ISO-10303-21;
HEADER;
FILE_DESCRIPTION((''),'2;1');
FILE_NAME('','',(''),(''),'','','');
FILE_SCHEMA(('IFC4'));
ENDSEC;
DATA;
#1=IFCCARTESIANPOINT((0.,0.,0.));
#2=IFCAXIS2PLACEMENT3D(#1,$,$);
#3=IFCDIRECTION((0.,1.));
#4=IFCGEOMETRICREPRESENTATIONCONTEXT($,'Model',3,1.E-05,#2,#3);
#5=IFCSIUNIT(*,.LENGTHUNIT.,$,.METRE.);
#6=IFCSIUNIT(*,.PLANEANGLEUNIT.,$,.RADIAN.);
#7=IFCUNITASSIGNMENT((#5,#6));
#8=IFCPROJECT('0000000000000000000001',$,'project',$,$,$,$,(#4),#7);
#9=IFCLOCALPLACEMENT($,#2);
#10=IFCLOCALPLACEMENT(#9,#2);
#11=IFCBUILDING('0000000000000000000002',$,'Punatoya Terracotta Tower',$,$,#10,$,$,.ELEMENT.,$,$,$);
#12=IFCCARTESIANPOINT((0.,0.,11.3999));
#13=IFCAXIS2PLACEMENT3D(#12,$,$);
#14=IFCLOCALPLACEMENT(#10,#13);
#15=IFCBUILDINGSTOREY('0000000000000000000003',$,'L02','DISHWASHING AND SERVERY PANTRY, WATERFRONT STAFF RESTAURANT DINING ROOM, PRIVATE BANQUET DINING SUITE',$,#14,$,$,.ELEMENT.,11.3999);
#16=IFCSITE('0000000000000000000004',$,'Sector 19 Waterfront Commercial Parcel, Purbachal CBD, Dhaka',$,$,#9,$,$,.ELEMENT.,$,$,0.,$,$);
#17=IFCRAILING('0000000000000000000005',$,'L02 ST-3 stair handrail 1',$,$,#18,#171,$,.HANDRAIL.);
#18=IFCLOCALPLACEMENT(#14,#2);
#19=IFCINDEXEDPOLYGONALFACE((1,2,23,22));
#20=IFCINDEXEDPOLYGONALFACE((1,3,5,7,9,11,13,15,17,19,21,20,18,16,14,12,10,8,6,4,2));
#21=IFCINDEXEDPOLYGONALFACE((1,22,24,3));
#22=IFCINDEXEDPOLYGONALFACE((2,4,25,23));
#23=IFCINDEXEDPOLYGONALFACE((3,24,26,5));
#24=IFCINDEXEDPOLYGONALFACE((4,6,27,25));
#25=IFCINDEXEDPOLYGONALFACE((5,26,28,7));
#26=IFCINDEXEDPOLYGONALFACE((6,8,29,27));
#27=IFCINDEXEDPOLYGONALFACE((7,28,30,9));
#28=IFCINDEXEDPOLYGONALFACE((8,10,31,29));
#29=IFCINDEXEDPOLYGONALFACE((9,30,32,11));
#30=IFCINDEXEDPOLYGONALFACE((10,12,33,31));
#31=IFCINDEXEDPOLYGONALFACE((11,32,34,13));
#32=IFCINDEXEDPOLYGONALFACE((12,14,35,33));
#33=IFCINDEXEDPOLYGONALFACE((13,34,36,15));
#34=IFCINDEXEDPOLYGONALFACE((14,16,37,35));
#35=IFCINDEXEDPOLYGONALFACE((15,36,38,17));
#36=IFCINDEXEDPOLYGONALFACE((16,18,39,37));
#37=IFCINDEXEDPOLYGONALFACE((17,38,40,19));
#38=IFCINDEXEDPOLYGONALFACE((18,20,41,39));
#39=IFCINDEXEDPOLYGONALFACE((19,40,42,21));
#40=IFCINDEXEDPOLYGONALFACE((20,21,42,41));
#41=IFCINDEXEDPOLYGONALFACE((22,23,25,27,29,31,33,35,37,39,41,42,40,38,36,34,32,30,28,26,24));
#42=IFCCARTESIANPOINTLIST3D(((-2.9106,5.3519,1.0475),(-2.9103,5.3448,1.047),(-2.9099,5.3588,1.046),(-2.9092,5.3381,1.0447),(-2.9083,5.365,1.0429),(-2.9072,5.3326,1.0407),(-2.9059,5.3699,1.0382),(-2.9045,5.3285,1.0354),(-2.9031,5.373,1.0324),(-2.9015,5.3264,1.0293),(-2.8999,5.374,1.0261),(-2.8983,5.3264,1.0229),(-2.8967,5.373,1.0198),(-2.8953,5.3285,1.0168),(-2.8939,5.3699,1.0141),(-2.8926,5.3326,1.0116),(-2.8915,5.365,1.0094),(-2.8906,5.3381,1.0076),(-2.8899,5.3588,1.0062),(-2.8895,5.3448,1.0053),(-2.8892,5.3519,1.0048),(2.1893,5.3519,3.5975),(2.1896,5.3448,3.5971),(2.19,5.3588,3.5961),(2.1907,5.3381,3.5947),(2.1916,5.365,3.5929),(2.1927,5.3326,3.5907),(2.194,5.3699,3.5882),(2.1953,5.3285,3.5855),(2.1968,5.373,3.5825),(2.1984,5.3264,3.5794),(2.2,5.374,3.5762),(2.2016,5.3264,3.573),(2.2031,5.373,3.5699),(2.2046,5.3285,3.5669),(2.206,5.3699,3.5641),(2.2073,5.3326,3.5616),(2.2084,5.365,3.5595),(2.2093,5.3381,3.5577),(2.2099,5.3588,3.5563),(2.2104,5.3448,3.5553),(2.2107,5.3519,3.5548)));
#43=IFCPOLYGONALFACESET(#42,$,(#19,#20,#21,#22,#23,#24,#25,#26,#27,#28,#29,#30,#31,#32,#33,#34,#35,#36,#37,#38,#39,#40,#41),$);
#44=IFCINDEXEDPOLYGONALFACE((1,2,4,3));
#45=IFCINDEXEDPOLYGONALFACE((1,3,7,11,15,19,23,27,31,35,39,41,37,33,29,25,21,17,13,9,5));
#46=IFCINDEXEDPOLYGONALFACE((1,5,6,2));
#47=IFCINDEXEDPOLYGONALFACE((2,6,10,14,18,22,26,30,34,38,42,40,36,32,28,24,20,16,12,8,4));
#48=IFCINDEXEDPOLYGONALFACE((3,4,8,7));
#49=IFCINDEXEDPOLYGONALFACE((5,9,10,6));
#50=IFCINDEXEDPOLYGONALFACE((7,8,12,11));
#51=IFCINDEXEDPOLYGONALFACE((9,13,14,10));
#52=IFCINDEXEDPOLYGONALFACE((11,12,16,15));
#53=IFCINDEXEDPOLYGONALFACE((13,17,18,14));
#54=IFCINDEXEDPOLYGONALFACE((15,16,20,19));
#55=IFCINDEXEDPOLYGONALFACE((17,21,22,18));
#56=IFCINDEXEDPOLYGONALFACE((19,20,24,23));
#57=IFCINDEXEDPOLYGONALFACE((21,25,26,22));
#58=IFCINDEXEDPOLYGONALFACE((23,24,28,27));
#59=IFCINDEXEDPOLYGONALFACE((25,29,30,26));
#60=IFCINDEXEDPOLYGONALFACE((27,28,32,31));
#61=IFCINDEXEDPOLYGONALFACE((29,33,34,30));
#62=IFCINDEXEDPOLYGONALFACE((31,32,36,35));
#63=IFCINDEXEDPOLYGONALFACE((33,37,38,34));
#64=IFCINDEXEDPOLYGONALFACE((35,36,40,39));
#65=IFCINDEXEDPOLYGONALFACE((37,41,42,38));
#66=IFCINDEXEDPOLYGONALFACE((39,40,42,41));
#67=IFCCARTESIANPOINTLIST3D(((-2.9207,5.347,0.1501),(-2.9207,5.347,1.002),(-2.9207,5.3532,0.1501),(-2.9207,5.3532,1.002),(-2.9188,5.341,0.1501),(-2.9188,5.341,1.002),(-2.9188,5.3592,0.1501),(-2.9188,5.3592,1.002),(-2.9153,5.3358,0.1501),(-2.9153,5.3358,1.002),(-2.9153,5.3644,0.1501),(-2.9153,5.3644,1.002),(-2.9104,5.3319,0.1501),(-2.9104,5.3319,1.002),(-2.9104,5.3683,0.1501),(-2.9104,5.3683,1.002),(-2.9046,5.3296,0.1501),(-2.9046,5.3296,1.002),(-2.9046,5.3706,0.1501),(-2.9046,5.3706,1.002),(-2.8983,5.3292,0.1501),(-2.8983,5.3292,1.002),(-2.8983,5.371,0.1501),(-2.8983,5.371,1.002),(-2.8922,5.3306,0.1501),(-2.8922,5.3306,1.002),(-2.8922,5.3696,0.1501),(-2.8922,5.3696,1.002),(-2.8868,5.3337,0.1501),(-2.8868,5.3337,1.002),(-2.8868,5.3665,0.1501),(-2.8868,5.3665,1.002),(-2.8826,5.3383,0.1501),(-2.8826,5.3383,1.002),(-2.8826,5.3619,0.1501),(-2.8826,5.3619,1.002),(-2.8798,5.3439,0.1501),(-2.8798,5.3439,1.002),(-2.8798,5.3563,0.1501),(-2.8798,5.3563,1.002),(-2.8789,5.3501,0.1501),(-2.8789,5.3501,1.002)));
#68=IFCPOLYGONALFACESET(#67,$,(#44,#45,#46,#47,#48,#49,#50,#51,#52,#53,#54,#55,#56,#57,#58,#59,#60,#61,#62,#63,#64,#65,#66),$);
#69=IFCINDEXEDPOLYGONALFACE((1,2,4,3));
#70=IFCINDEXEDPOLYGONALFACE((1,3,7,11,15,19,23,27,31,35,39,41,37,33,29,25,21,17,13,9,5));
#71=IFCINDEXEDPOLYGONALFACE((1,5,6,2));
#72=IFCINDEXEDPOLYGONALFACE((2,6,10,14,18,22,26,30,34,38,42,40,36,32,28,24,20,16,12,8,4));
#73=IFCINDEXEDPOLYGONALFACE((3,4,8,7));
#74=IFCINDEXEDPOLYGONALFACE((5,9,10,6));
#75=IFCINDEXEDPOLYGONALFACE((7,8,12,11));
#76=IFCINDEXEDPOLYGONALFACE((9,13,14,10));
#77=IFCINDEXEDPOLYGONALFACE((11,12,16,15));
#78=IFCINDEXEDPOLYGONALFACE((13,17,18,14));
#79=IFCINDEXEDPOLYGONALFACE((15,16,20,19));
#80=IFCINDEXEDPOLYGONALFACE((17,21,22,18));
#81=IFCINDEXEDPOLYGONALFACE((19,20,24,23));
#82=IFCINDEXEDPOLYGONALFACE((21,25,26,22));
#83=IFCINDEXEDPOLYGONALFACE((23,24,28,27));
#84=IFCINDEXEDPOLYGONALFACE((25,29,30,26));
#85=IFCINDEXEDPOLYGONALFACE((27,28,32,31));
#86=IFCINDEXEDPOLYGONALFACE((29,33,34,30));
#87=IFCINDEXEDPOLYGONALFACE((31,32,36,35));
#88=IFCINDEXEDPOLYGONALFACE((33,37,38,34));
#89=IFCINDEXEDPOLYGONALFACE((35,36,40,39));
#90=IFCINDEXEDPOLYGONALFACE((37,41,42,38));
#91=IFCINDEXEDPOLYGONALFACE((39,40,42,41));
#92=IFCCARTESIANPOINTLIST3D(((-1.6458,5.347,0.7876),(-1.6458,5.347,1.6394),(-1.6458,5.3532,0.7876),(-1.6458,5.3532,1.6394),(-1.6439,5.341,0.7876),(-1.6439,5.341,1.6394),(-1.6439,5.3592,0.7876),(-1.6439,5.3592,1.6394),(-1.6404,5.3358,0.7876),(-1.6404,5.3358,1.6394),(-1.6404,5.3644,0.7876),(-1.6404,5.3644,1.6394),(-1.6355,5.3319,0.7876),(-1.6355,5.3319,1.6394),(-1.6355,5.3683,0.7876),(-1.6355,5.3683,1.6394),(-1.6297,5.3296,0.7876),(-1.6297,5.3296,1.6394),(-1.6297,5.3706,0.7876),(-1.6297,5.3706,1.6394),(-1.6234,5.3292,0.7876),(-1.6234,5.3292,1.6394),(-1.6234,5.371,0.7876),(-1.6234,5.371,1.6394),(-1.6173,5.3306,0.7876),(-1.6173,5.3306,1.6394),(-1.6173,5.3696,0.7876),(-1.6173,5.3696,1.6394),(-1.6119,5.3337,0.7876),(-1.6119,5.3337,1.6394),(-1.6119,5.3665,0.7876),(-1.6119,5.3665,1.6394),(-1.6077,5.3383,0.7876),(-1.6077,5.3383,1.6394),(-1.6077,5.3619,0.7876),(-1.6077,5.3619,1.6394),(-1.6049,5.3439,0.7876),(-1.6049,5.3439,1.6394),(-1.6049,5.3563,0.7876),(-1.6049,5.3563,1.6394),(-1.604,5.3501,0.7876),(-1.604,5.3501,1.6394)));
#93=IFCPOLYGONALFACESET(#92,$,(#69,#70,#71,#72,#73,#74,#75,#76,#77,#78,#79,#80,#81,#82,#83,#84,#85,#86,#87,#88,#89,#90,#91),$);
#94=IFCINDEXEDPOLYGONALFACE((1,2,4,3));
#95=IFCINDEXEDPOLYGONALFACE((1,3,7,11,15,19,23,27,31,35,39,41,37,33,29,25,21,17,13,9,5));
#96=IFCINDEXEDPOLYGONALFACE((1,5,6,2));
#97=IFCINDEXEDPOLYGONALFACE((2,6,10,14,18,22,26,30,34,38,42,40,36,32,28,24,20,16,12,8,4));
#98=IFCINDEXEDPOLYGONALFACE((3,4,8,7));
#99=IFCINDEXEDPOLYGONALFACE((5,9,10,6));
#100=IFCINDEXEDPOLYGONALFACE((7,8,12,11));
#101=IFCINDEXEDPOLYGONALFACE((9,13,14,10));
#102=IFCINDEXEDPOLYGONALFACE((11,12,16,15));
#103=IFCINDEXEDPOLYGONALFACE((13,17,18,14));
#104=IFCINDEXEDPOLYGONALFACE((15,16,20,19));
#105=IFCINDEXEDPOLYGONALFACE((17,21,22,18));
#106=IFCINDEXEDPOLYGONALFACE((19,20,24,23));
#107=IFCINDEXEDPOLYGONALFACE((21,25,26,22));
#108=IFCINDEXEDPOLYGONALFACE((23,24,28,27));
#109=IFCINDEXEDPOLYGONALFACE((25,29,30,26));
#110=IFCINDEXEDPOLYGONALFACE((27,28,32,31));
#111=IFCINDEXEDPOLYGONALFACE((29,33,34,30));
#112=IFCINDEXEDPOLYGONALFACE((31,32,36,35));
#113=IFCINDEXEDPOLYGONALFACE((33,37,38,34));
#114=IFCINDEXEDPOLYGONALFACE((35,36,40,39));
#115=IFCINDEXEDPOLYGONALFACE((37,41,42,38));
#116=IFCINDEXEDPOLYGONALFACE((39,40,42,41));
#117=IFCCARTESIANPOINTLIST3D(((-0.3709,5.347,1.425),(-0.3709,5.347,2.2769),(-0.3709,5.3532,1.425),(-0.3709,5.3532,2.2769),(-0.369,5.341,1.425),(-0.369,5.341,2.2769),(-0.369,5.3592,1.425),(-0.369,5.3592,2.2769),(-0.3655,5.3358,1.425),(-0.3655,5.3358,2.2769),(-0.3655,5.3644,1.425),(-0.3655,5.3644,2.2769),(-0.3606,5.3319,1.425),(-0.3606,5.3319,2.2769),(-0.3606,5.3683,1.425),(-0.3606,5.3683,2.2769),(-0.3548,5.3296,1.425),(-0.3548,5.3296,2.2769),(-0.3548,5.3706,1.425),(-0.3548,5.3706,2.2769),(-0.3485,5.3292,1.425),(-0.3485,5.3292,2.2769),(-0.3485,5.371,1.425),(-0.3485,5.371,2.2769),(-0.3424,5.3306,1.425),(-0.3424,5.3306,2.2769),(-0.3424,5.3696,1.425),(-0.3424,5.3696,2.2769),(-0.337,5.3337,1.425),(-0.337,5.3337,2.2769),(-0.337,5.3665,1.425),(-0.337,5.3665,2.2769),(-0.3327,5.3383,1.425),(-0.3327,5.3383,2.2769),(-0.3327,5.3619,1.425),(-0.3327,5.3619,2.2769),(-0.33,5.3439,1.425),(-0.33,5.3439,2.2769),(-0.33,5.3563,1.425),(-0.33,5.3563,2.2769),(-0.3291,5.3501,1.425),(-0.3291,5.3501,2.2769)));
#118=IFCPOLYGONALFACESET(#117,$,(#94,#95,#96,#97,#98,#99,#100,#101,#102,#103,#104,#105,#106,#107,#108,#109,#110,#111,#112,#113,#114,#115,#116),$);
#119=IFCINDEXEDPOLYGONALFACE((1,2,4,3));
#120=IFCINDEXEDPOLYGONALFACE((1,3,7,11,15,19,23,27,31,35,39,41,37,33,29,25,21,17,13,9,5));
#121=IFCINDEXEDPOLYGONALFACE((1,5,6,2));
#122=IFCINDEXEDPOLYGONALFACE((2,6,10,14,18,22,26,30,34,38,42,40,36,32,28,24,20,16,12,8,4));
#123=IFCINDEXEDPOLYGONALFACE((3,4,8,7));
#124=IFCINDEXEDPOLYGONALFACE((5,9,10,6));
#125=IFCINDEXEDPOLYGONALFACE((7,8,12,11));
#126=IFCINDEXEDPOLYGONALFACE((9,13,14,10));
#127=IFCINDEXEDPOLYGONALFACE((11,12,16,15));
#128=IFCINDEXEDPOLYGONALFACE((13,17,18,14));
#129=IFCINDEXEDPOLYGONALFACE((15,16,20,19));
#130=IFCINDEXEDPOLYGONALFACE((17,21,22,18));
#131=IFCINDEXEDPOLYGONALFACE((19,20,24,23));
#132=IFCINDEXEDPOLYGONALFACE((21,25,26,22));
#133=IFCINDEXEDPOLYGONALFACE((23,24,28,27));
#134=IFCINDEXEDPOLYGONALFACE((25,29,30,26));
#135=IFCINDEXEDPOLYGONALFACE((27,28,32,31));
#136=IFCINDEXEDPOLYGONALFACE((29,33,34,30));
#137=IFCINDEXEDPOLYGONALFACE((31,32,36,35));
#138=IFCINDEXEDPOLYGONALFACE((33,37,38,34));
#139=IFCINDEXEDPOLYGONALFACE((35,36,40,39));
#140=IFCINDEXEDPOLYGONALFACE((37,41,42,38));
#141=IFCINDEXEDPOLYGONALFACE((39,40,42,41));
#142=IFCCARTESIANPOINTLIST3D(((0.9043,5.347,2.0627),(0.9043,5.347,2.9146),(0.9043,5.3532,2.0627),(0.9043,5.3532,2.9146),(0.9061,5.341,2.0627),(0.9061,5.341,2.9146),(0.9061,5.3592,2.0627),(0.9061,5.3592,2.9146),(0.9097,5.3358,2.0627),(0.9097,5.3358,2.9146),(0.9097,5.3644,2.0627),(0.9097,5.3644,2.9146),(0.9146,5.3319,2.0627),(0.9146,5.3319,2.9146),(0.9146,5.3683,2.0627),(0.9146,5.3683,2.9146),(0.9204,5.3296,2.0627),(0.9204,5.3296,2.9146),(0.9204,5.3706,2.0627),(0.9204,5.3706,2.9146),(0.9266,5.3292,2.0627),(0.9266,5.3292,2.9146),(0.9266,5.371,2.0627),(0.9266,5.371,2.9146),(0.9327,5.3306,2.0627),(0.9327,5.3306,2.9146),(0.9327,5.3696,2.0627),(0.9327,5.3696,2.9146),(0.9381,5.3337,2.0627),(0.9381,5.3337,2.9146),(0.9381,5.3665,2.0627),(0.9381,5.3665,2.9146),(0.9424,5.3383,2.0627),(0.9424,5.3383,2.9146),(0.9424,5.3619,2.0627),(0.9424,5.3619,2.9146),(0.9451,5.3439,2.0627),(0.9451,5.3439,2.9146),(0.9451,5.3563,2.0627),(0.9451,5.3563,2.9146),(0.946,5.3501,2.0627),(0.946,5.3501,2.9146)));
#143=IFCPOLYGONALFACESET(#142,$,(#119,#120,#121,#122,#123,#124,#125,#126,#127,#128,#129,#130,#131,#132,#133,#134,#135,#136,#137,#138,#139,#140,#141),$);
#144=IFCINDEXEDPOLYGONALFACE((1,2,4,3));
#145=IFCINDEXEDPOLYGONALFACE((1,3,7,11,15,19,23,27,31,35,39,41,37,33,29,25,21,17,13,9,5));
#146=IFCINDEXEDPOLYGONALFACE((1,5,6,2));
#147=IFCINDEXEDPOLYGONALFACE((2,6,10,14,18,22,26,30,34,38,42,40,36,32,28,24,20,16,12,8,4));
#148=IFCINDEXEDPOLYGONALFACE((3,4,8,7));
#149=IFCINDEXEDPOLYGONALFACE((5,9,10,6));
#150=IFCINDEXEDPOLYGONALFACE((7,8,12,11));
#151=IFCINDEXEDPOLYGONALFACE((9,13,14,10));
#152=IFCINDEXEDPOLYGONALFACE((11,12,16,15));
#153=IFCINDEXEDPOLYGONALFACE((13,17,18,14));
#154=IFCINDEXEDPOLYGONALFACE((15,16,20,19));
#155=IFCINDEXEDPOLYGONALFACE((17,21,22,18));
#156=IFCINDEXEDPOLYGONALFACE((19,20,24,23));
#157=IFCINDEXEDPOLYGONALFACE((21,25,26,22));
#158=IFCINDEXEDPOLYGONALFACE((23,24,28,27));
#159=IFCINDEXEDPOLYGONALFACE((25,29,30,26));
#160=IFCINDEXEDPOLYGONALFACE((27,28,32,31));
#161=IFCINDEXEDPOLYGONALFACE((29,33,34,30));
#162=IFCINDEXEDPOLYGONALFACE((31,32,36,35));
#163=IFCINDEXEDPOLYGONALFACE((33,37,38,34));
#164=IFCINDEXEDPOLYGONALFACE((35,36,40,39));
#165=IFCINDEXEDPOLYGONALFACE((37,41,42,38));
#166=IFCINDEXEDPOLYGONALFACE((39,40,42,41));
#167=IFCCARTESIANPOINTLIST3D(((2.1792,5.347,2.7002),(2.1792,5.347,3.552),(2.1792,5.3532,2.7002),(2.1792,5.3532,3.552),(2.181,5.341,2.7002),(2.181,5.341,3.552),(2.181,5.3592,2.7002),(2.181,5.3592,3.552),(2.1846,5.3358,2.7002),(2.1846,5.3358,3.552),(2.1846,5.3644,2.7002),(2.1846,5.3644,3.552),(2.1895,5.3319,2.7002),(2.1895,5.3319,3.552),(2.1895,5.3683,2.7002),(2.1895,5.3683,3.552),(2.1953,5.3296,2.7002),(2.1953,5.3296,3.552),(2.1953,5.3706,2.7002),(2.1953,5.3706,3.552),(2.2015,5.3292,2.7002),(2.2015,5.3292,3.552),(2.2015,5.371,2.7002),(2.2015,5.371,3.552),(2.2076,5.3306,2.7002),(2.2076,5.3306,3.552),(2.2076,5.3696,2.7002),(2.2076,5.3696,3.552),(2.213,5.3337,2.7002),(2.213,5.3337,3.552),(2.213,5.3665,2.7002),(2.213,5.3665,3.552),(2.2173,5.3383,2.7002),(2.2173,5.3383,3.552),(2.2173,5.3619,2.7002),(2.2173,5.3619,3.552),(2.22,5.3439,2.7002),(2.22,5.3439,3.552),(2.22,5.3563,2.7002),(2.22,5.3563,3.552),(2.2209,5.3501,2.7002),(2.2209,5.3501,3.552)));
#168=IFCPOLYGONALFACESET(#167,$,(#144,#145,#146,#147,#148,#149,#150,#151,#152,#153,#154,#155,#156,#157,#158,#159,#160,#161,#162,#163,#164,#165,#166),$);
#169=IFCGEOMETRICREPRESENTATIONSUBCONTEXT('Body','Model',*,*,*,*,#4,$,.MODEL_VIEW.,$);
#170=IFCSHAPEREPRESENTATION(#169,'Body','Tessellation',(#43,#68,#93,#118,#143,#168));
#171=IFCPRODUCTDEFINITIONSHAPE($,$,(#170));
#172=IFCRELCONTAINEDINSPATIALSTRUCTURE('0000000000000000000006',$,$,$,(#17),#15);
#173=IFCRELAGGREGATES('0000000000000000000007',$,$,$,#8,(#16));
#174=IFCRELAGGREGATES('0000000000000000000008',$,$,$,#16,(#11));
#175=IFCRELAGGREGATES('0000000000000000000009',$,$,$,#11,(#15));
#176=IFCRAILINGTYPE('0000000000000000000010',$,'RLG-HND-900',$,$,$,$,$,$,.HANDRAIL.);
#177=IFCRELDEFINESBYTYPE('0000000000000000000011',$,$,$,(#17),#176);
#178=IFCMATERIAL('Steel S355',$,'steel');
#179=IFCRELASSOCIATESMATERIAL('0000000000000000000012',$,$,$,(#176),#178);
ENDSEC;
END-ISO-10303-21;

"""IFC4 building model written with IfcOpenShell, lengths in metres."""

from ifc_helpers import new_model, si_unit, direction, frame, origin, origin_2d, place, context, subcontext, project, spatial, circle, extrude, material, type_object, element, save


model = new_model("IFC4")

# Units and contexts
model_context = context("Model", 3, precision=1e-05, world=origin(), true_north=direction((0.0, 1.0)))
body_context = subcontext(model_context, "Body", "Model", "MODEL_VIEW")
ifc_project = project(units=[si_unit("LENGTHUNIT", "METRE"), si_unit("PLANEANGLEUNIT", "RADIAN")], contexts=[model_context])

# Site, building, storey
site_placement = place(None, origin())
site = spatial("IfcSite", under=ifc_project, at=site_placement, Name="Sector 19 Waterfront Commercial Parcel, Purbachal CBD, Dhaka", CompositionType="ELEMENT", RefElevation=0.0)
building_placement = place(site_placement, origin())
building = spatial("IfcBuilding", under=site, at=building_placement, Name="Punatoya Terracotta Tower", CompositionType="ELEMENT")
storey_placement = place(building_placement, frame((0.0, 0.0, 11.3999)))
storey = spatial("IfcBuildingStorey", under=building, at=storey_placement, Name="L02", Description="DISHWASHING AND SERVERY PANTRY, WATERFRONT STAFF RESTAURANT DINING ROOM, PRIVATE BANQUET DINING SUITE", CompositionType="ELEMENT", Elevation=11.3999)

# Shared definitions
ifc_material_1 = material(Name="Steel S355", Category="steel")

# Railing
railing_type_1 = type_object("IfcRailingType", Name="RLG-HND-900", PredefinedType="HANDRAIL", material=ifc_material_1)
railing_1_placement = place(storey_placement, frame((-2.8999, 5.3501, 0.1501)))
element("IfcRailing", 1, at=railing_1_placement, inside=storey, type_object=railing_type_1, Name="L02 ST-3 stair handrail 1", PredefinedType="HANDRAIL", context=body_context, shape_type="SweptSolid", body=[
    extrude(circle(Radius=0.0239, at=origin_2d()), frame((0.0, 0.0, 0.876), z_axis=(0.894419, 0.0, 0.447231), x_axis=(0.0, 1.0, 0.0)), (0.0, 0.0, 1.0), 5.7019),
    extrude(circle(Radius=0.021, at=origin_2d()), origin(), (0.0, 0.0, 1.0), 0.8518),
    extrude(circle(Radius=0.021, at=origin_2d()), frame((1.2749, 0.0, 0.6375)), (0.0, 0.0, 1.0), 0.8518),
    extrude(circle(Radius=0.021, at=origin_2d()), frame((2.5498, 0.0, 1.2749)), (0.0, 0.0, 1.0), 0.8518),
    extrude(circle(Radius=0.021, at=origin_2d()), frame((3.825, 0.0, 1.9126)), (0.0, 0.0, 1.0), 0.8518),
    extrude(circle(Radius=0.021, at=origin_2d()), frame((5.0999, 0.0, 2.55)), (0.0, 0.0, 1.0), 0.8518),
])

save(model, "model.ifc")
